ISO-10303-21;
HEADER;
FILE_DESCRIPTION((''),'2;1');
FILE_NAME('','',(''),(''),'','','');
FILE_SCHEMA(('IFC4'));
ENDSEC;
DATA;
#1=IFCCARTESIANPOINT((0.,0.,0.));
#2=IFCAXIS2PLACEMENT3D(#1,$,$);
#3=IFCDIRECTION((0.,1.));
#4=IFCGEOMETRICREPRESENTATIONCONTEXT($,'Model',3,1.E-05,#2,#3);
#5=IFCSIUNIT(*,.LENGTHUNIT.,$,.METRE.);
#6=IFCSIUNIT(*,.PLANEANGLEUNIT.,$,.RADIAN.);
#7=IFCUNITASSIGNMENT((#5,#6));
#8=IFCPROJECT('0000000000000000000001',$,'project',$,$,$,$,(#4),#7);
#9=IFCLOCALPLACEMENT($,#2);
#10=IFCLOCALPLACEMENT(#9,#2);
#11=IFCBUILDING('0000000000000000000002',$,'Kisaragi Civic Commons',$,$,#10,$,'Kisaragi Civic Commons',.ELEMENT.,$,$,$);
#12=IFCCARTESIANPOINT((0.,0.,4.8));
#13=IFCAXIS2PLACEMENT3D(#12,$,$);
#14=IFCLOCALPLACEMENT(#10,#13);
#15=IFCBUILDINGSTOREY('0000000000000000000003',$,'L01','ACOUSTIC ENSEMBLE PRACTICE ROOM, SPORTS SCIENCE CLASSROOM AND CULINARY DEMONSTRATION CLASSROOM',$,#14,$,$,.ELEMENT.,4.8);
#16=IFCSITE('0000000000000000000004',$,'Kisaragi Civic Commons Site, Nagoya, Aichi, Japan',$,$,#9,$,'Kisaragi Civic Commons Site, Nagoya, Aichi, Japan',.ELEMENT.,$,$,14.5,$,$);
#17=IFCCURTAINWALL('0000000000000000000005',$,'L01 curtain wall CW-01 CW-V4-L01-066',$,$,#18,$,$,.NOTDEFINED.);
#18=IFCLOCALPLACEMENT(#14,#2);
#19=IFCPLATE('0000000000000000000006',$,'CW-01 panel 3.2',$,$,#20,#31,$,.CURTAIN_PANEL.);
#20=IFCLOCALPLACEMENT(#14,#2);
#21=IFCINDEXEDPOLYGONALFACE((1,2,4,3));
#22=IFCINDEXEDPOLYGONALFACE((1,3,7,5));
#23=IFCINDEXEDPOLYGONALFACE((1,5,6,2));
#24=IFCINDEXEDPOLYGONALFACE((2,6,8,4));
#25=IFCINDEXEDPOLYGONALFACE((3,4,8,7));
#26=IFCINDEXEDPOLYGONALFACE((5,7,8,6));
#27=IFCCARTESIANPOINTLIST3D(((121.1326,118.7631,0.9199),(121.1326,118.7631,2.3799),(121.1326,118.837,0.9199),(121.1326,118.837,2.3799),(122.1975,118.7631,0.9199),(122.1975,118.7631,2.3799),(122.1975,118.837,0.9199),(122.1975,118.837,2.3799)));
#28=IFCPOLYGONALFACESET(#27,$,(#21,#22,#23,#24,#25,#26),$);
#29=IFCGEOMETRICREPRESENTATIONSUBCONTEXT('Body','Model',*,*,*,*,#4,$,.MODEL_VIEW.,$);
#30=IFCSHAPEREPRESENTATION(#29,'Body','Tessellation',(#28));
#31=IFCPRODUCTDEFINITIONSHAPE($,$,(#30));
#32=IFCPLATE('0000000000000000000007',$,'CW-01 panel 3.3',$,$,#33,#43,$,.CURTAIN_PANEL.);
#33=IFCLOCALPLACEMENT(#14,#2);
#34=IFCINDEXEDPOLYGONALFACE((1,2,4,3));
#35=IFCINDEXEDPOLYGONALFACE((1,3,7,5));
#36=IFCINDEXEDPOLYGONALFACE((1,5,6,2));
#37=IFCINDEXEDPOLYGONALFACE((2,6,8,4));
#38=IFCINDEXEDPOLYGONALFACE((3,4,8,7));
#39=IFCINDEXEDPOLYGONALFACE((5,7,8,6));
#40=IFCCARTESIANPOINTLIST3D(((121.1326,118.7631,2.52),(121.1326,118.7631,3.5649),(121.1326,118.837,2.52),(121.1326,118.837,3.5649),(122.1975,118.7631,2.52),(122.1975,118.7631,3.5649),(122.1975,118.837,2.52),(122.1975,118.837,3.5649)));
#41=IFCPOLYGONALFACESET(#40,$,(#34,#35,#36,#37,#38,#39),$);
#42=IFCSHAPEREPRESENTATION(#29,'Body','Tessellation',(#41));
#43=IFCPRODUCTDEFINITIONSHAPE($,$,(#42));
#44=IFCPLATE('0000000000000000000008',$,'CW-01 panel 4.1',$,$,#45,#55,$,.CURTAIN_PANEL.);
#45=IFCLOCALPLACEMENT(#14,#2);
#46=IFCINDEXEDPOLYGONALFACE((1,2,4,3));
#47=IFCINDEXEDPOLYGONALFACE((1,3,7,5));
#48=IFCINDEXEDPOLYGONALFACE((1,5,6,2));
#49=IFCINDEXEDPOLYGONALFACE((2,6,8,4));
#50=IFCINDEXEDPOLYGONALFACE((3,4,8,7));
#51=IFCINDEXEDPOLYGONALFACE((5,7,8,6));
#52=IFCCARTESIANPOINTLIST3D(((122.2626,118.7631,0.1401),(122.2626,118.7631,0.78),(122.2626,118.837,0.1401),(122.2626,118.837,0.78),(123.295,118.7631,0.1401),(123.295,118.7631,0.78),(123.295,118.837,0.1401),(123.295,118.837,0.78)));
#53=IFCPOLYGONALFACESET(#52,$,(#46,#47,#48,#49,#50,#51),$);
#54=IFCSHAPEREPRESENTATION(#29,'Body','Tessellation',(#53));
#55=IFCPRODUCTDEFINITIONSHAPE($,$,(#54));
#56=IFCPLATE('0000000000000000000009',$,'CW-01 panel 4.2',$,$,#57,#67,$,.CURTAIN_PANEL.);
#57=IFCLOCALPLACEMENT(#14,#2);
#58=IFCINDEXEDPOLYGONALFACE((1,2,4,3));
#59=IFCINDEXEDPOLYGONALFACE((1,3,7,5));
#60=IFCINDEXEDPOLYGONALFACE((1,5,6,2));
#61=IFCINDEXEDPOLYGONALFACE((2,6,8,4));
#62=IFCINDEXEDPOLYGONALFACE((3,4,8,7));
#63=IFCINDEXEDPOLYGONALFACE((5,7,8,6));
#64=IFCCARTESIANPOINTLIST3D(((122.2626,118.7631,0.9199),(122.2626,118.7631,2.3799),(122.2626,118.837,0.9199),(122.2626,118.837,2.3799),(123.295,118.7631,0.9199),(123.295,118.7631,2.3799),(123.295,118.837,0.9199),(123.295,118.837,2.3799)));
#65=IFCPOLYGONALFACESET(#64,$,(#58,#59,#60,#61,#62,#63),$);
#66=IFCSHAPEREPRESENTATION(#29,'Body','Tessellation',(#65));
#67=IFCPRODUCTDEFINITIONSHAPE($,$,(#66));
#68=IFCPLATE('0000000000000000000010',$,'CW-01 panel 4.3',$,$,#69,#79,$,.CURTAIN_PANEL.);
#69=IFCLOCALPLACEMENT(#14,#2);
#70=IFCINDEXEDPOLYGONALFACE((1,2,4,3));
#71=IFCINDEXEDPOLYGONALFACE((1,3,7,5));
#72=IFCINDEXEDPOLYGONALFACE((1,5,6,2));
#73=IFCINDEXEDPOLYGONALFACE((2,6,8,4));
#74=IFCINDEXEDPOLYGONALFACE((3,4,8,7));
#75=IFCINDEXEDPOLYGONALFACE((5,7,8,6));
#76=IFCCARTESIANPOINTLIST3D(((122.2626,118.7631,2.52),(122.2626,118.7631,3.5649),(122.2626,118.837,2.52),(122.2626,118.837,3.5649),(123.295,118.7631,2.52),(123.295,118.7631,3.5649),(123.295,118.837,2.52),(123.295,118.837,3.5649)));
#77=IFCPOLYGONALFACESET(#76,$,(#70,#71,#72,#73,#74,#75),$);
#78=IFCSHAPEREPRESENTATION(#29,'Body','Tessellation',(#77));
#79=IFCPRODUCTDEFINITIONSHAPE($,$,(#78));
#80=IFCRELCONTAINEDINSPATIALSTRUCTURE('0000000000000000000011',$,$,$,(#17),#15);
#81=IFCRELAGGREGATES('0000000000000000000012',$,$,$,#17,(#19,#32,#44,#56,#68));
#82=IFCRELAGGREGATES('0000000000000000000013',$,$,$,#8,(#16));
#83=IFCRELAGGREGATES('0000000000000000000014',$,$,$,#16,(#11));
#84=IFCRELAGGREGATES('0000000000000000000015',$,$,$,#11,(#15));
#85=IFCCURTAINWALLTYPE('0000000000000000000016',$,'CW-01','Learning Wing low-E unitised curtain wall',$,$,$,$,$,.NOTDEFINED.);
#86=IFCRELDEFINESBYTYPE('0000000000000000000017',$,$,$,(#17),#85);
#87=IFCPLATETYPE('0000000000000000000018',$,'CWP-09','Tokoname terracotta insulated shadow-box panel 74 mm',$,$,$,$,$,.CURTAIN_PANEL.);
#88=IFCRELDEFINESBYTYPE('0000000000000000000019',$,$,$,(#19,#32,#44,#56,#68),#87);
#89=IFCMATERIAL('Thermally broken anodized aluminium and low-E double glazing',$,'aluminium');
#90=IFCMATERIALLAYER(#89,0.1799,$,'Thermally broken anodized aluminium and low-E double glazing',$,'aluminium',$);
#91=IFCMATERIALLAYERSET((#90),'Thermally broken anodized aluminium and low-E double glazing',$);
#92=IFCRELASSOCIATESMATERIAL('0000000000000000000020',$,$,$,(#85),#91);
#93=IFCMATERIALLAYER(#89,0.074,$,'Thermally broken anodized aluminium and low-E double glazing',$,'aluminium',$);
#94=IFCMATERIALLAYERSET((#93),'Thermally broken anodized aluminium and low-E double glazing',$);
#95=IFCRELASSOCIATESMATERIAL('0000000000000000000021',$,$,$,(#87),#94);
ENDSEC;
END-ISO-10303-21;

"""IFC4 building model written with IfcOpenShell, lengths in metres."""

from ifc_helpers import new_model, si_unit, direction, frame, origin, origin_2d, place, context, subcontext, project, spatial, rectangle, extrude, material, layer, layer_set, type_object, element, aggregate, save


model = new_model("IFC4")

# Units and contexts
model_context = context("Model", 3, precision=1e-05, world=origin(), true_north=direction((0.0, 1.0)))
body_context = subcontext(model_context, "Body", "Model", "MODEL_VIEW")
ifc_project = project(units=[si_unit("LENGTHUNIT", "METRE"), si_unit("PLANEANGLEUNIT", "RADIAN")], contexts=[model_context])

# Site, building, storey
site_placement = place(None, origin())
site = spatial("IfcSite", under=ifc_project, at=site_placement, Name="Kisaragi Civic Commons Site, Nagoya, Aichi, Japan", LongName="Kisaragi Civic Commons Site, Nagoya, Aichi, Japan", CompositionType="ELEMENT", RefElevation=14.5)
building_placement = place(site_placement, origin())
building = spatial("IfcBuilding", under=site, at=building_placement, Name="Kisaragi Civic Commons", LongName="Kisaragi Civic Commons", CompositionType="ELEMENT")
storey_placement = place(building_placement, frame((0.0, 0.0, 4.8)))
storey = spatial("IfcBuildingStorey", under=building, at=storey_placement, Name="L01", Description="ACOUSTIC ENSEMBLE PRACTICE ROOM, SPORTS SCIENCE CLASSROOM AND CULINARY DEMONSTRATION CLASSROOM", CompositionType="ELEMENT", Elevation=4.8)

# Curtain wall, plates
ifc_material = material(Name="Thermally broken anodized aluminium and low-E double glazing", Category="aluminium")
ifc_layer_1 = layer(ifc_material, 0.1799, Name="Thermally broken anodized aluminium and low-E double glazing", Category="aluminium")
ifc_layer_set_1 = layer_set([ifc_layer_1], Name="Thermally broken anodized aluminium and low-E double glazing")
curtain_wall_type = type_object("IfcCurtainWallType", Name="CW-01", Description="Learning Wing low-E unitised curtain wall", PredefinedType="NOTDEFINED", material=ifc_layer_set_1)
curtain_wall_placement = place(storey_placement, origin())
curtain_wall = element("IfcCurtainWall", 1, at=curtain_wall_placement, inside=storey, type_object=curtain_wall_type, Name="L01 curtain wall CW-01 CW-V4-L01-066", PredefinedType="NOTDEFINED")
ifc_layer_2 = layer(ifc_material, 0.074, Name="Thermally broken anodized aluminium and low-E double glazing", Category="aluminium")
ifc_layer_set_2 = layer_set([ifc_layer_2], Name="Thermally broken anodized aluminium and low-E double glazing")
plate_type = type_object("IfcPlateType", Name="CWP-09", Description="Tokoname terracotta insulated shadow-box panel 74 mm", PredefinedType="CURTAIN_PANEL", material=ifc_layer_set_2)
plate_1_placement = place(storey_placement, frame((121.665, 118.8, 0.9199), z_axis=(0.0, 0.0, 1.0), x_axis=(1.0, 0.0, 0.0)))
plate_1 = element("IfcPlate", 2, at=plate_1_placement, type_object=plate_type, Name="CW-01 panel 3.2", PredefinedType="CURTAIN_PANEL", context=body_context, shape_type="SweptSolid", body=[
    extrude(rectangle(XDim=1.0649, YDim=0.074, at=origin_2d()), origin(), (0.0, 0.0, 1.0), 1.46),
])
plate_2_placement = place(storey_placement, frame((121.665, 118.8, 2.52), z_axis=(0.0, 0.0, 1.0), x_axis=(1.0, 0.0, 0.0)))
plate_2 = element("IfcPlate", 3, at=plate_2_placement, type_object=plate_type, Name="CW-01 panel 3.3", PredefinedType="CURTAIN_PANEL", context=body_context, shape_type="SweptSolid", body=[
    extrude(rectangle(XDim=1.0649, YDim=0.074, at=origin_2d()), origin(), (0.0, 0.0, 1.0), 1.0449),
])
plate_3_placement = place(storey_placement, frame((122.7788, 118.8, 0.1401), z_axis=(0.0, 0.0, 1.0), x_axis=(1.0, 0.0, 0.0)))
plate_3 = element("IfcPlate", 4, at=plate_3_placement, type_object=plate_type, Name="CW-01 panel 4.1", PredefinedType="CURTAIN_PANEL", context=body_context, shape_type="SweptSolid", body=[
    extrude(rectangle(XDim=1.0325, YDim=0.074, at=origin_2d()), origin(), (0.0, 0.0, 1.0), 0.6399),
])
plate_4_placement = place(storey_placement, frame((122.7788, 118.8, 0.9199), z_axis=(0.0, 0.0, 1.0), x_axis=(1.0, 0.0, 0.0)))
plate_4 = element("IfcPlate", 5, at=plate_4_placement, type_object=plate_type, Name="CW-01 panel 4.2", PredefinedType="CURTAIN_PANEL", context=body_context, shape_type="SweptSolid", body=[
    extrude(rectangle(XDim=1.0325, YDim=0.074, at=origin_2d()), origin(), (0.0, 0.0, 1.0), 1.46),
])
plate_5_placement = place(storey_placement, frame((122.7788, 118.8, 2.52), z_axis=(0.0, 0.0, 1.0), x_axis=(1.0, 0.0, 0.0)))
plate_5 = element("IfcPlate", 6, at=plate_5_placement, type_object=plate_type, Name="CW-01 panel 4.3", PredefinedType="CURTAIN_PANEL", context=body_context, shape_type="SweptSolid", body=[
    extrude(rectangle(XDim=1.0325, YDim=0.074, at=origin_2d()), origin(), (0.0, 0.0, 1.0), 1.0449),
])
aggregate(curtain_wall, [plate_1, plate_2, plate_3, plate_4, plate_5])

save(model, "model.ifc")
